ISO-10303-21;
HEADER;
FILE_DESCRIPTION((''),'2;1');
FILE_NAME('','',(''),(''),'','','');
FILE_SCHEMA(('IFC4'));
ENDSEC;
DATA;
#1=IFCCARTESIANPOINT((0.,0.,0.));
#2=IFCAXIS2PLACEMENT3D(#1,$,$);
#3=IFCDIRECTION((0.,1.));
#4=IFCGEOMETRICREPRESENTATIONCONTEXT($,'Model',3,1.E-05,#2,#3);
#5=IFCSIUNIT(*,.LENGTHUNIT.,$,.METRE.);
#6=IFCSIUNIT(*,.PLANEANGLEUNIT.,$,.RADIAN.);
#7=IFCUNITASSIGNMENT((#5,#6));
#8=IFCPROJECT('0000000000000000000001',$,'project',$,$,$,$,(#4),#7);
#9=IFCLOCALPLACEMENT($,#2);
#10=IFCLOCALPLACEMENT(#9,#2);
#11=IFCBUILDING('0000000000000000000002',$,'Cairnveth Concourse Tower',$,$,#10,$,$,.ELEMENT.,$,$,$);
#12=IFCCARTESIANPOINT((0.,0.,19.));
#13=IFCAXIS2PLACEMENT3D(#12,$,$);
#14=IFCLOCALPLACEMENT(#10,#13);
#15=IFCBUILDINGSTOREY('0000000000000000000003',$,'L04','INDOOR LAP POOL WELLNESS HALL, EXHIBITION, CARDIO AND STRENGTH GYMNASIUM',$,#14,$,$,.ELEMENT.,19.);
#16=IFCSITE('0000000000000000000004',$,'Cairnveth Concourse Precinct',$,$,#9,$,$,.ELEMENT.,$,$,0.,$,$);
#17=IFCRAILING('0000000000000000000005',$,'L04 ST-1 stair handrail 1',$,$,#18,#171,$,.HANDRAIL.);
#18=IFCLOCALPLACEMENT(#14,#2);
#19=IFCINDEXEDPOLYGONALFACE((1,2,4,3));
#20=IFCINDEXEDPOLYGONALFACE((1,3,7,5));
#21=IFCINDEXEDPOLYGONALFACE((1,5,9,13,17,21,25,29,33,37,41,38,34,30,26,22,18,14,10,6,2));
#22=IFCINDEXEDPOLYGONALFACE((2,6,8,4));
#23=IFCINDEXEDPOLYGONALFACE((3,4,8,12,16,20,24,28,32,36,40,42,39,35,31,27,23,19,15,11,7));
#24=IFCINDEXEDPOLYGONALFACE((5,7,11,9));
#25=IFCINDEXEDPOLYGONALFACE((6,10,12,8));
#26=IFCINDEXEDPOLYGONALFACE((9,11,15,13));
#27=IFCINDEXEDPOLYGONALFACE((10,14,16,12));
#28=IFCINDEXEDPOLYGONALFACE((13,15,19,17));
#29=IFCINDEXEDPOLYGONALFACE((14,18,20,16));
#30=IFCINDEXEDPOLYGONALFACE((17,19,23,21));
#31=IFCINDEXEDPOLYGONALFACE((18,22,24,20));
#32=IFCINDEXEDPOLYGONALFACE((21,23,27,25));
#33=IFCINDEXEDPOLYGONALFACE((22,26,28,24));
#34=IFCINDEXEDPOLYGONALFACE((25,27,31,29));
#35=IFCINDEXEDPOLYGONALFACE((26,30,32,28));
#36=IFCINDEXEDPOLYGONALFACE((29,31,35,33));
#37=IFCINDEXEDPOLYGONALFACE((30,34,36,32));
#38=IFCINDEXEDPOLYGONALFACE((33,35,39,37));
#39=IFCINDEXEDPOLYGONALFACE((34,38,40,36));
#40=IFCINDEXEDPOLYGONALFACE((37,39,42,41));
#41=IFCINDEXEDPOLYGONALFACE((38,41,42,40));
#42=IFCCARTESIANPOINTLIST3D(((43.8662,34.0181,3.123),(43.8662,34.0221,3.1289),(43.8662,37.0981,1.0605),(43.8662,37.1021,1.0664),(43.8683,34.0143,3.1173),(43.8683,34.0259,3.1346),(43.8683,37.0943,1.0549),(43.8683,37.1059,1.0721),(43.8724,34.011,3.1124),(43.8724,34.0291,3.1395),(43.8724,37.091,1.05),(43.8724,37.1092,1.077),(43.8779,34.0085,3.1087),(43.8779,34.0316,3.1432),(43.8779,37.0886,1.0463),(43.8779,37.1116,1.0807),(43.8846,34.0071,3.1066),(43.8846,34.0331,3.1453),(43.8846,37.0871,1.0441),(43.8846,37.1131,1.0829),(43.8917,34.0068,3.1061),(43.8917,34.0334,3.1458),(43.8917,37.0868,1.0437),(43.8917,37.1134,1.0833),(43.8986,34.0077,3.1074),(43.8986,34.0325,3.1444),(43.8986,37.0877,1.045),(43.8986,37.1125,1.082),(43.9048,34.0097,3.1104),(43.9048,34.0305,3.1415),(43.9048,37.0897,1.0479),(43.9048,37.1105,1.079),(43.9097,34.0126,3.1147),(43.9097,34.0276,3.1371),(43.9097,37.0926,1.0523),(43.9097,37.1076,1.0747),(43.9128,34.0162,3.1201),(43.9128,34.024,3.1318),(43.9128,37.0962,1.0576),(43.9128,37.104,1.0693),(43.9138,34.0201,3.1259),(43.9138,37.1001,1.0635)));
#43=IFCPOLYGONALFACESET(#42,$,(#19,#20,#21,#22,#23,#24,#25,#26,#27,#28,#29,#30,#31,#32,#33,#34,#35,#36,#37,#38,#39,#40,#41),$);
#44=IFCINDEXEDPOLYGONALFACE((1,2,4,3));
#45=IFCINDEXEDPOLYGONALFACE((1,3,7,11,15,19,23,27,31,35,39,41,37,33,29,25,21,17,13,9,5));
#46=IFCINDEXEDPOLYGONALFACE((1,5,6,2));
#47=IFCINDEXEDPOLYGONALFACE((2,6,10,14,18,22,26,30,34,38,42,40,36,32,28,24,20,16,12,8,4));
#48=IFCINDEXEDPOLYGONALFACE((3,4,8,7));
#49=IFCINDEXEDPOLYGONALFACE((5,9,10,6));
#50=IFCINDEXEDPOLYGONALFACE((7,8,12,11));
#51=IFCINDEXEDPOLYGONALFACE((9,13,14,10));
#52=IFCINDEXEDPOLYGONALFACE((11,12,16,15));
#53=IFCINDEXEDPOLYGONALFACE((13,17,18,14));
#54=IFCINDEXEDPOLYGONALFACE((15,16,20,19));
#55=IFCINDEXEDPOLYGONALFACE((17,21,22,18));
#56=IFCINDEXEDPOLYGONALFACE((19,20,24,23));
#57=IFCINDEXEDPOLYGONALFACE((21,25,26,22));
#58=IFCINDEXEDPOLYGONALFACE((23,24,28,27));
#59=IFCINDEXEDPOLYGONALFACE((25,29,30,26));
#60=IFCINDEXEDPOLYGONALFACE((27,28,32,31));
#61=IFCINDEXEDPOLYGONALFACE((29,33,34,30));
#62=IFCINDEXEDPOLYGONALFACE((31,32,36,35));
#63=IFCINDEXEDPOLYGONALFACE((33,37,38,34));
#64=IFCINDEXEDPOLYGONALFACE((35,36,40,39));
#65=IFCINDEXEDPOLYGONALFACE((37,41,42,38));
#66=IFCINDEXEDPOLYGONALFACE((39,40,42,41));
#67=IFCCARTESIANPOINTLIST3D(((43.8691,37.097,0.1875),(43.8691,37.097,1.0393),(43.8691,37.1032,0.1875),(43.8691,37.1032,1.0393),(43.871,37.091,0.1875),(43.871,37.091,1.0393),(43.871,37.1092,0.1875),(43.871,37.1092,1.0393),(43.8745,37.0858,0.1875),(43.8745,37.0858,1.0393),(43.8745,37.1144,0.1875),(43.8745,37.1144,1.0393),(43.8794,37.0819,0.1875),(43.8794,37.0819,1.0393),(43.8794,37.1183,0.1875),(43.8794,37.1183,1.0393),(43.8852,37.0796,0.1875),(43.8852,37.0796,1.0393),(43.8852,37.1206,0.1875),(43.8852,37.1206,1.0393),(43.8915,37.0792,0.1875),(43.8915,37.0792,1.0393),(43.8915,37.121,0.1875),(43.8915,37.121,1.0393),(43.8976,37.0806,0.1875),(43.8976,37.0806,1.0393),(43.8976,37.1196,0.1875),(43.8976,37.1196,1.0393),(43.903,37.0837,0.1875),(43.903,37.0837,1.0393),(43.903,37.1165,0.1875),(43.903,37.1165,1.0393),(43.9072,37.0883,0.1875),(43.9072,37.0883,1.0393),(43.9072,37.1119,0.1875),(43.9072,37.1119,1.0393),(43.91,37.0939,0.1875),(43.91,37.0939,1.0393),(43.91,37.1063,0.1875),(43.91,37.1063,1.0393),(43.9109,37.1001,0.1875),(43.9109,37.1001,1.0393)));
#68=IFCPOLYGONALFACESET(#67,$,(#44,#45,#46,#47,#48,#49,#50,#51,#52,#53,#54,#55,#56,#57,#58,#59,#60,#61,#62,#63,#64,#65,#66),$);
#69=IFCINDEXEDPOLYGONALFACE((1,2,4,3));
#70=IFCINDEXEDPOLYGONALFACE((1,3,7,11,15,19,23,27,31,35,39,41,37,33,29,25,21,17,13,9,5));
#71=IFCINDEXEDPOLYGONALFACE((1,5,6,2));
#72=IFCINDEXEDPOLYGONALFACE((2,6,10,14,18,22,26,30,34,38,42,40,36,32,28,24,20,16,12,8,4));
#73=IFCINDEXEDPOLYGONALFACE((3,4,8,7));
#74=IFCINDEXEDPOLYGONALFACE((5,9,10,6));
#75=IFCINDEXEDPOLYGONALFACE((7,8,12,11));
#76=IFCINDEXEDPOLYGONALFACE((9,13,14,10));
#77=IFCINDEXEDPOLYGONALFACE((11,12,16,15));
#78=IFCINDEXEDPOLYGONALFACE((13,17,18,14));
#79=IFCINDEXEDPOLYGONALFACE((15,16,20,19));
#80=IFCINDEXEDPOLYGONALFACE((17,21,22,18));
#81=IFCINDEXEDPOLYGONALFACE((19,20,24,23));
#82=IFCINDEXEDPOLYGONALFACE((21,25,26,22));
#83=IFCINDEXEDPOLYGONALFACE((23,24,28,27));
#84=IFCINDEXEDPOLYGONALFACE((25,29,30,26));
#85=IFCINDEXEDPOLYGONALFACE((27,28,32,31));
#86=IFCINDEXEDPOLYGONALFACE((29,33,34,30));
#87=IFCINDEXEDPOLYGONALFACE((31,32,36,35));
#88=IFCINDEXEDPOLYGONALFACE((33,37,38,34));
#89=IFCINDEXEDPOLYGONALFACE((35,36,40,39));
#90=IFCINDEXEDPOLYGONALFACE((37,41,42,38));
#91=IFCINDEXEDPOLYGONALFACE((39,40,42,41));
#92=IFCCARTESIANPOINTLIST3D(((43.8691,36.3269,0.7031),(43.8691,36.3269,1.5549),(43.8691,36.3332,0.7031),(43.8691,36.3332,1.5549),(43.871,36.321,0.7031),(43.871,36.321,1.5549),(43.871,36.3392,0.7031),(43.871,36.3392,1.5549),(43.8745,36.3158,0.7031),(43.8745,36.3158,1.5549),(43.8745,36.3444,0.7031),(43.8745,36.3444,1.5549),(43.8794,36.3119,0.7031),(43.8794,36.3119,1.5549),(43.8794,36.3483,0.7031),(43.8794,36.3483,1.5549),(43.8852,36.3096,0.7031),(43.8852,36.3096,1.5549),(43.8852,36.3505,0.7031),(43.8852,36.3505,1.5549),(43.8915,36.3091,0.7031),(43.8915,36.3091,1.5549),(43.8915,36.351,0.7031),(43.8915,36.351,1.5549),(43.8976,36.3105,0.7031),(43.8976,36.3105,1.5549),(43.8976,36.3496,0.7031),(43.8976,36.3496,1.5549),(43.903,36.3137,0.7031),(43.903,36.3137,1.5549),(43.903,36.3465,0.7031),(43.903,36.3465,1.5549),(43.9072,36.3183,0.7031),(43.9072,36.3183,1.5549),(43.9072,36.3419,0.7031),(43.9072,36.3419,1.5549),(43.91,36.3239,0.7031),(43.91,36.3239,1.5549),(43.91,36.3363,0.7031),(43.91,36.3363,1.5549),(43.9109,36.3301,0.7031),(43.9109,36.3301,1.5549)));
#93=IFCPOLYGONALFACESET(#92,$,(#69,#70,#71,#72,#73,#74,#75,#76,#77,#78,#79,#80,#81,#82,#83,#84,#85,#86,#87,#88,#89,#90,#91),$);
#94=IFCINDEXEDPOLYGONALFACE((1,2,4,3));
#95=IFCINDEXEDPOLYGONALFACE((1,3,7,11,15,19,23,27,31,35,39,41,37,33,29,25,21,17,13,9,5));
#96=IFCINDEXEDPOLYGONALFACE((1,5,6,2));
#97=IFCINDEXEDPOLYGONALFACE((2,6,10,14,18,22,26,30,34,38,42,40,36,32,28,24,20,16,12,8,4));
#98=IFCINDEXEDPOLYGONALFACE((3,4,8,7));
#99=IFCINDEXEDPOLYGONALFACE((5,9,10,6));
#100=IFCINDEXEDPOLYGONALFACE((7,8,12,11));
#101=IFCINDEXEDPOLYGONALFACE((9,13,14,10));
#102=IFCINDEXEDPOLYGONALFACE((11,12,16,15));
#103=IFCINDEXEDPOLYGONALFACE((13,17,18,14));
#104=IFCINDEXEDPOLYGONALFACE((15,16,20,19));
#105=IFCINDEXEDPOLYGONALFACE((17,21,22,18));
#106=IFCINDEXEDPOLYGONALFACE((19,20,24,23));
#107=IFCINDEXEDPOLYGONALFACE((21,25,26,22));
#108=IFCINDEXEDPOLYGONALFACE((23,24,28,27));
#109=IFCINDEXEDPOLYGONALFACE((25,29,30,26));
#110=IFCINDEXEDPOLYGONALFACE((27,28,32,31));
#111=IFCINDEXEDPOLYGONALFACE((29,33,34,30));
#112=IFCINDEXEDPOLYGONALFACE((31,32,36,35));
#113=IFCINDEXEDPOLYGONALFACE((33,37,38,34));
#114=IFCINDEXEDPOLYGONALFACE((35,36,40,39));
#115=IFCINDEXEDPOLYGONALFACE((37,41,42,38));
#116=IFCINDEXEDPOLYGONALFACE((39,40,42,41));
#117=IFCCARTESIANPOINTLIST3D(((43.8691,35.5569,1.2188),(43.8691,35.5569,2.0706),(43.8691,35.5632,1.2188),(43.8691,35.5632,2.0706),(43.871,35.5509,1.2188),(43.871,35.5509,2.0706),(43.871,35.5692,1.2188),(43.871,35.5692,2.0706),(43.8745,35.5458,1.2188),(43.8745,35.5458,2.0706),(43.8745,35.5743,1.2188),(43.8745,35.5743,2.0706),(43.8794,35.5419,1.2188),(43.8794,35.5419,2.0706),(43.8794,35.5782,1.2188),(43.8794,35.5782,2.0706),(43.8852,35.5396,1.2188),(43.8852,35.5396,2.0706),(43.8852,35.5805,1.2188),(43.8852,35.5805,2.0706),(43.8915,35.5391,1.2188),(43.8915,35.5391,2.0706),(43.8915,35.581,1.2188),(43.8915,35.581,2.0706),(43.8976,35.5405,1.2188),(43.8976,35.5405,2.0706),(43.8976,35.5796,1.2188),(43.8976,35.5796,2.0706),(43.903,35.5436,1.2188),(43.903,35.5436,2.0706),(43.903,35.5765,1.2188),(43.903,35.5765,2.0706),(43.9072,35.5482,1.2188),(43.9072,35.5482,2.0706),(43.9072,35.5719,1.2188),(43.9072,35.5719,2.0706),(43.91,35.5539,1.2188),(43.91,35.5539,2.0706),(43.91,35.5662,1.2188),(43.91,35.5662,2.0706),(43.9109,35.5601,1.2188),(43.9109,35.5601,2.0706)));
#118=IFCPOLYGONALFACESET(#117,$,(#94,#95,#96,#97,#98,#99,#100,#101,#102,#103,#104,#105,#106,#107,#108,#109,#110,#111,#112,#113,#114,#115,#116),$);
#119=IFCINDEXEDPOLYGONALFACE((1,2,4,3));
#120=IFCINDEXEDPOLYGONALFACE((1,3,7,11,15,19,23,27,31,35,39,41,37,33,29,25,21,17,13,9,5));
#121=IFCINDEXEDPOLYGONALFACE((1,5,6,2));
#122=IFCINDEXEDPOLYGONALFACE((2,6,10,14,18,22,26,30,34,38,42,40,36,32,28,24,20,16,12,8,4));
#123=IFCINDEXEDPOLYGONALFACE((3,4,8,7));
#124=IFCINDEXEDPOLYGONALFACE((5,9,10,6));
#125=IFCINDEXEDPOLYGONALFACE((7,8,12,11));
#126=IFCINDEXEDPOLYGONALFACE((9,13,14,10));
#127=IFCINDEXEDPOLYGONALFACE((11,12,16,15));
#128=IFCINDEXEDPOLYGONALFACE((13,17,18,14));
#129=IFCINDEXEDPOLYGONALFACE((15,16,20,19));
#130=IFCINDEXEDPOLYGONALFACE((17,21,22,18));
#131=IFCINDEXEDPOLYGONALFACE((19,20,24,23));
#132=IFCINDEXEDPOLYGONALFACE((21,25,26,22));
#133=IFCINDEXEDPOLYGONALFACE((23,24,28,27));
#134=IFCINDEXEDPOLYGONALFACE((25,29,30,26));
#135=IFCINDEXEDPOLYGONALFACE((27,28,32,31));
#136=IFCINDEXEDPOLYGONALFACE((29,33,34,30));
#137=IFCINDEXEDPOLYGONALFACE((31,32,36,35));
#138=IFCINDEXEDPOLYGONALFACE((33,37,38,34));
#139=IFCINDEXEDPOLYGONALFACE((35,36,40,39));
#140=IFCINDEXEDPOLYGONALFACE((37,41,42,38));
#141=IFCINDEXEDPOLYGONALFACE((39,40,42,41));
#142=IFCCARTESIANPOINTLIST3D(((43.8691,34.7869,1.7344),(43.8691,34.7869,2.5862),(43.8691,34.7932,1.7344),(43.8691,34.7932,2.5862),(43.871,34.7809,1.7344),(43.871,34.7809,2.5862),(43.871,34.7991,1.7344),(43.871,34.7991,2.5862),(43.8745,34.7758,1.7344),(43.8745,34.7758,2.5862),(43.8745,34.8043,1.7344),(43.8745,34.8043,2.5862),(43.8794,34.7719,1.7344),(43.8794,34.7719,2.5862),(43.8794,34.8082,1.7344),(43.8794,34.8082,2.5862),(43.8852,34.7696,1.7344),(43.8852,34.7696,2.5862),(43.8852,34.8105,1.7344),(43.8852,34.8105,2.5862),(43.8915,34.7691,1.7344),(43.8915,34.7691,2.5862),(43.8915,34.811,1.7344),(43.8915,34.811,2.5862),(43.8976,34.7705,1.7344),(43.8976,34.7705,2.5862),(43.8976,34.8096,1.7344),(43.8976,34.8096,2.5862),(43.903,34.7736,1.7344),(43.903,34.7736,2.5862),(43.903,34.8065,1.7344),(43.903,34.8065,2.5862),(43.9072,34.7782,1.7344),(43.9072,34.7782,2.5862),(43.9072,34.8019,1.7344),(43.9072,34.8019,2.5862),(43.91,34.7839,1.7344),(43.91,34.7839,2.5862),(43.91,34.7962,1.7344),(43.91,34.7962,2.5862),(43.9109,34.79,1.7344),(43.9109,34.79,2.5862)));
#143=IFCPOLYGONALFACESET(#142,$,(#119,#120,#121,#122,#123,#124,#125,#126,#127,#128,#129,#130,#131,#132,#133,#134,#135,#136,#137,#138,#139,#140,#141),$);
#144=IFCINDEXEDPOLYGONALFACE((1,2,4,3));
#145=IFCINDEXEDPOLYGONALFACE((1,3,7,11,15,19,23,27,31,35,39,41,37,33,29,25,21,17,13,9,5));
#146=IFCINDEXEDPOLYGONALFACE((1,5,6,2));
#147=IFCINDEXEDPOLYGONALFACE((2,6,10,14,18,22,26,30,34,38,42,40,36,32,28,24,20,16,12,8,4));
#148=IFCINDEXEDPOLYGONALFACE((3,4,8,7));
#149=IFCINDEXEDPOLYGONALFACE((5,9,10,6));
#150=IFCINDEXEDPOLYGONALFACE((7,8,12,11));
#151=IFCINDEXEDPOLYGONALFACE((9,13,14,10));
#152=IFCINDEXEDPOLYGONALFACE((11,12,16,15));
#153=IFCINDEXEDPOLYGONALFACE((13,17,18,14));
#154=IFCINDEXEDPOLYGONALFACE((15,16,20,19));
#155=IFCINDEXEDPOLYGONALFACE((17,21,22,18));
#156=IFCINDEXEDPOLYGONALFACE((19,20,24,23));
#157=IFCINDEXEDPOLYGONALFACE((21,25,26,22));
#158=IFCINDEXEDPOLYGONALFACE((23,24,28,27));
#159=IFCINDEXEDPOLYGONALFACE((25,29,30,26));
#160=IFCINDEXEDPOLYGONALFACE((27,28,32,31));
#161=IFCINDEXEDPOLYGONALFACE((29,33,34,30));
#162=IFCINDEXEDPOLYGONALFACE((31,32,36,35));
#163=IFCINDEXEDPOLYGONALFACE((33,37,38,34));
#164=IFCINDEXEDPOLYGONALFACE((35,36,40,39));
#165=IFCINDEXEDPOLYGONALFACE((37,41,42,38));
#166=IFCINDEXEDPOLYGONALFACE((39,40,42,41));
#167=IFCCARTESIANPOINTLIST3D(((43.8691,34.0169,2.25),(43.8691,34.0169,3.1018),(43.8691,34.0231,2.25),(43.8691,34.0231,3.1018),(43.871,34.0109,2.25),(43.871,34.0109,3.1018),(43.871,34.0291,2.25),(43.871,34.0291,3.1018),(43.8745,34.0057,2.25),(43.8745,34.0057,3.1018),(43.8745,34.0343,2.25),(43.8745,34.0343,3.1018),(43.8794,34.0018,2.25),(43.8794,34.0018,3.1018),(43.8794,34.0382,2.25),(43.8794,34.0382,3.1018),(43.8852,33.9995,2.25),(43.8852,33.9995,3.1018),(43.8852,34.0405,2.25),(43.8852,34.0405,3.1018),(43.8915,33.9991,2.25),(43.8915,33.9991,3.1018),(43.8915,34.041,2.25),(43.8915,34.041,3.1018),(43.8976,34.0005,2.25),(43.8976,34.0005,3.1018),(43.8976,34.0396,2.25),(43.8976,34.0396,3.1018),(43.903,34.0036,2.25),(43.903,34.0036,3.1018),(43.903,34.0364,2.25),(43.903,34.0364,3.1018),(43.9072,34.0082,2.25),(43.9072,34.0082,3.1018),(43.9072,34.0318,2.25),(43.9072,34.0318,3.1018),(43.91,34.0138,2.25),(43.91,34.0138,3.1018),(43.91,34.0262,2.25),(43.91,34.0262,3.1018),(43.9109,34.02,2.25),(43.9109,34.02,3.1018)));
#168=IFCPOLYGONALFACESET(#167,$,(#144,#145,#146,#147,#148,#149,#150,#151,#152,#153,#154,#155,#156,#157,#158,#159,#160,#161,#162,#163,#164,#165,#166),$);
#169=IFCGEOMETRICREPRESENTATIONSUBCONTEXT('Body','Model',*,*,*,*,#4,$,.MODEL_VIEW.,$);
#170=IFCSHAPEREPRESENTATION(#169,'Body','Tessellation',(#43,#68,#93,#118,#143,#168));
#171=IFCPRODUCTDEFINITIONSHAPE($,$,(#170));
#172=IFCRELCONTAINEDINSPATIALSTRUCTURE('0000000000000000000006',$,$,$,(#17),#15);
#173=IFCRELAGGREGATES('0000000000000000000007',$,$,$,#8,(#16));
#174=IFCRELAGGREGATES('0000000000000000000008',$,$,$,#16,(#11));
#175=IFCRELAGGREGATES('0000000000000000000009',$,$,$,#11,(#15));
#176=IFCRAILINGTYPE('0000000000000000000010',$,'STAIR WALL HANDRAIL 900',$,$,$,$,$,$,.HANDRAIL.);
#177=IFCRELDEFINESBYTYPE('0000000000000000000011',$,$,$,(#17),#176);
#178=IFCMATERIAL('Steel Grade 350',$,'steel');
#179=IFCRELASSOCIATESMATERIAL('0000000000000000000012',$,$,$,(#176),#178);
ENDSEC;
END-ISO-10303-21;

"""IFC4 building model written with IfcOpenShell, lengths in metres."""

from ifc_helpers import new_model, si_unit, direction, frame, origin, origin_2d, place, context, subcontext, project, spatial, circle, extrude, material, type_object, element, save


model = new_model("IFC4")

# Units and contexts
model_context = context("Model", 3, precision=1e-05, world=origin(), true_north=direction((0.0, 1.0)))
body_context = subcontext(model_context, "Body", "Model", "MODEL_VIEW")
ifc_project = project(units=[si_unit("LENGTHUNIT", "METRE"), si_unit("PLANEANGLEUNIT", "RADIAN")], contexts=[model_context])

# Site, building, storey
site_placement = place(None, origin())
site = spatial("IfcSite", under=ifc_project, at=site_placement, Name="Cairnveth Concourse Precinct", CompositionType="ELEMENT", RefElevation=0.0)
building_placement = place(site_placement, origin())
building = spatial("IfcBuilding", under=site, at=building_placement, Name="Cairnveth Concourse Tower", CompositionType="ELEMENT")
storey_placement = place(building_placement, frame((0.0, 0.0, 19.0)))
storey = spatial("IfcBuildingStorey", under=building, at=storey_placement, Name="L04", Description="INDOOR LAP POOL WELLNESS HALL, EXHIBITION, CARDIO AND STRENGTH GYMNASIUM", CompositionType="ELEMENT", Elevation=19.0)

# Shared definitions
ifc_material_1 = material(Name="Steel Grade 350", Category="steel")

# Railing
railing_type_1 = type_object("IfcRailingType", Name="STAIR WALL HANDRAIL 900", PredefinedType="HANDRAIL", material=ifc_material_1)
railing_1_placement = place(storey_placement, frame((43.8899, 37.1001, 0.1875)))
element("IfcRailing", 1, at=railing_1_placement, inside=storey, type_object=railing_type_1, Name="L04 ST-1 stair handrail 1", PredefinedType="HANDRAIL", context=body_context, shape_type="SweptSolid", body=[
    extrude(circle(Radius=0.0239, at=origin_2d()), frame((0.0, 0.0, 0.876), z_axis=(0.0, -0.830914, 0.556401), x_axis=(1.0, 0.0, 0.0)), (0.0, 0.0, 1.0), 3.7068),
    extrude(circle(Radius=0.021, at=origin_2d()), origin(), (0.0, 0.0, 1.0), 0.8518),
    extrude(circle(Radius=0.021, at=origin_2d()), frame((0.0, -0.77, 0.5156)), (0.0, 0.0, 1.0), 0.8518),
    extrude(circle(Radius=0.021, at=origin_2d()), frame((0.0, -1.54, 1.0312)), (0.0, 0.0, 1.0), 0.8518),
    extrude(circle(Radius=0.021, at=origin_2d()), frame((0.0, -2.3101, 1.5469)), (0.0, 0.0, 1.0), 0.8518),
    extrude(circle(Radius=0.021, at=origin_2d()), frame((0.0, -3.0801, 2.0625)), (0.0, 0.0, 1.0), 0.8518),
])

save(model, "model.ifc")
